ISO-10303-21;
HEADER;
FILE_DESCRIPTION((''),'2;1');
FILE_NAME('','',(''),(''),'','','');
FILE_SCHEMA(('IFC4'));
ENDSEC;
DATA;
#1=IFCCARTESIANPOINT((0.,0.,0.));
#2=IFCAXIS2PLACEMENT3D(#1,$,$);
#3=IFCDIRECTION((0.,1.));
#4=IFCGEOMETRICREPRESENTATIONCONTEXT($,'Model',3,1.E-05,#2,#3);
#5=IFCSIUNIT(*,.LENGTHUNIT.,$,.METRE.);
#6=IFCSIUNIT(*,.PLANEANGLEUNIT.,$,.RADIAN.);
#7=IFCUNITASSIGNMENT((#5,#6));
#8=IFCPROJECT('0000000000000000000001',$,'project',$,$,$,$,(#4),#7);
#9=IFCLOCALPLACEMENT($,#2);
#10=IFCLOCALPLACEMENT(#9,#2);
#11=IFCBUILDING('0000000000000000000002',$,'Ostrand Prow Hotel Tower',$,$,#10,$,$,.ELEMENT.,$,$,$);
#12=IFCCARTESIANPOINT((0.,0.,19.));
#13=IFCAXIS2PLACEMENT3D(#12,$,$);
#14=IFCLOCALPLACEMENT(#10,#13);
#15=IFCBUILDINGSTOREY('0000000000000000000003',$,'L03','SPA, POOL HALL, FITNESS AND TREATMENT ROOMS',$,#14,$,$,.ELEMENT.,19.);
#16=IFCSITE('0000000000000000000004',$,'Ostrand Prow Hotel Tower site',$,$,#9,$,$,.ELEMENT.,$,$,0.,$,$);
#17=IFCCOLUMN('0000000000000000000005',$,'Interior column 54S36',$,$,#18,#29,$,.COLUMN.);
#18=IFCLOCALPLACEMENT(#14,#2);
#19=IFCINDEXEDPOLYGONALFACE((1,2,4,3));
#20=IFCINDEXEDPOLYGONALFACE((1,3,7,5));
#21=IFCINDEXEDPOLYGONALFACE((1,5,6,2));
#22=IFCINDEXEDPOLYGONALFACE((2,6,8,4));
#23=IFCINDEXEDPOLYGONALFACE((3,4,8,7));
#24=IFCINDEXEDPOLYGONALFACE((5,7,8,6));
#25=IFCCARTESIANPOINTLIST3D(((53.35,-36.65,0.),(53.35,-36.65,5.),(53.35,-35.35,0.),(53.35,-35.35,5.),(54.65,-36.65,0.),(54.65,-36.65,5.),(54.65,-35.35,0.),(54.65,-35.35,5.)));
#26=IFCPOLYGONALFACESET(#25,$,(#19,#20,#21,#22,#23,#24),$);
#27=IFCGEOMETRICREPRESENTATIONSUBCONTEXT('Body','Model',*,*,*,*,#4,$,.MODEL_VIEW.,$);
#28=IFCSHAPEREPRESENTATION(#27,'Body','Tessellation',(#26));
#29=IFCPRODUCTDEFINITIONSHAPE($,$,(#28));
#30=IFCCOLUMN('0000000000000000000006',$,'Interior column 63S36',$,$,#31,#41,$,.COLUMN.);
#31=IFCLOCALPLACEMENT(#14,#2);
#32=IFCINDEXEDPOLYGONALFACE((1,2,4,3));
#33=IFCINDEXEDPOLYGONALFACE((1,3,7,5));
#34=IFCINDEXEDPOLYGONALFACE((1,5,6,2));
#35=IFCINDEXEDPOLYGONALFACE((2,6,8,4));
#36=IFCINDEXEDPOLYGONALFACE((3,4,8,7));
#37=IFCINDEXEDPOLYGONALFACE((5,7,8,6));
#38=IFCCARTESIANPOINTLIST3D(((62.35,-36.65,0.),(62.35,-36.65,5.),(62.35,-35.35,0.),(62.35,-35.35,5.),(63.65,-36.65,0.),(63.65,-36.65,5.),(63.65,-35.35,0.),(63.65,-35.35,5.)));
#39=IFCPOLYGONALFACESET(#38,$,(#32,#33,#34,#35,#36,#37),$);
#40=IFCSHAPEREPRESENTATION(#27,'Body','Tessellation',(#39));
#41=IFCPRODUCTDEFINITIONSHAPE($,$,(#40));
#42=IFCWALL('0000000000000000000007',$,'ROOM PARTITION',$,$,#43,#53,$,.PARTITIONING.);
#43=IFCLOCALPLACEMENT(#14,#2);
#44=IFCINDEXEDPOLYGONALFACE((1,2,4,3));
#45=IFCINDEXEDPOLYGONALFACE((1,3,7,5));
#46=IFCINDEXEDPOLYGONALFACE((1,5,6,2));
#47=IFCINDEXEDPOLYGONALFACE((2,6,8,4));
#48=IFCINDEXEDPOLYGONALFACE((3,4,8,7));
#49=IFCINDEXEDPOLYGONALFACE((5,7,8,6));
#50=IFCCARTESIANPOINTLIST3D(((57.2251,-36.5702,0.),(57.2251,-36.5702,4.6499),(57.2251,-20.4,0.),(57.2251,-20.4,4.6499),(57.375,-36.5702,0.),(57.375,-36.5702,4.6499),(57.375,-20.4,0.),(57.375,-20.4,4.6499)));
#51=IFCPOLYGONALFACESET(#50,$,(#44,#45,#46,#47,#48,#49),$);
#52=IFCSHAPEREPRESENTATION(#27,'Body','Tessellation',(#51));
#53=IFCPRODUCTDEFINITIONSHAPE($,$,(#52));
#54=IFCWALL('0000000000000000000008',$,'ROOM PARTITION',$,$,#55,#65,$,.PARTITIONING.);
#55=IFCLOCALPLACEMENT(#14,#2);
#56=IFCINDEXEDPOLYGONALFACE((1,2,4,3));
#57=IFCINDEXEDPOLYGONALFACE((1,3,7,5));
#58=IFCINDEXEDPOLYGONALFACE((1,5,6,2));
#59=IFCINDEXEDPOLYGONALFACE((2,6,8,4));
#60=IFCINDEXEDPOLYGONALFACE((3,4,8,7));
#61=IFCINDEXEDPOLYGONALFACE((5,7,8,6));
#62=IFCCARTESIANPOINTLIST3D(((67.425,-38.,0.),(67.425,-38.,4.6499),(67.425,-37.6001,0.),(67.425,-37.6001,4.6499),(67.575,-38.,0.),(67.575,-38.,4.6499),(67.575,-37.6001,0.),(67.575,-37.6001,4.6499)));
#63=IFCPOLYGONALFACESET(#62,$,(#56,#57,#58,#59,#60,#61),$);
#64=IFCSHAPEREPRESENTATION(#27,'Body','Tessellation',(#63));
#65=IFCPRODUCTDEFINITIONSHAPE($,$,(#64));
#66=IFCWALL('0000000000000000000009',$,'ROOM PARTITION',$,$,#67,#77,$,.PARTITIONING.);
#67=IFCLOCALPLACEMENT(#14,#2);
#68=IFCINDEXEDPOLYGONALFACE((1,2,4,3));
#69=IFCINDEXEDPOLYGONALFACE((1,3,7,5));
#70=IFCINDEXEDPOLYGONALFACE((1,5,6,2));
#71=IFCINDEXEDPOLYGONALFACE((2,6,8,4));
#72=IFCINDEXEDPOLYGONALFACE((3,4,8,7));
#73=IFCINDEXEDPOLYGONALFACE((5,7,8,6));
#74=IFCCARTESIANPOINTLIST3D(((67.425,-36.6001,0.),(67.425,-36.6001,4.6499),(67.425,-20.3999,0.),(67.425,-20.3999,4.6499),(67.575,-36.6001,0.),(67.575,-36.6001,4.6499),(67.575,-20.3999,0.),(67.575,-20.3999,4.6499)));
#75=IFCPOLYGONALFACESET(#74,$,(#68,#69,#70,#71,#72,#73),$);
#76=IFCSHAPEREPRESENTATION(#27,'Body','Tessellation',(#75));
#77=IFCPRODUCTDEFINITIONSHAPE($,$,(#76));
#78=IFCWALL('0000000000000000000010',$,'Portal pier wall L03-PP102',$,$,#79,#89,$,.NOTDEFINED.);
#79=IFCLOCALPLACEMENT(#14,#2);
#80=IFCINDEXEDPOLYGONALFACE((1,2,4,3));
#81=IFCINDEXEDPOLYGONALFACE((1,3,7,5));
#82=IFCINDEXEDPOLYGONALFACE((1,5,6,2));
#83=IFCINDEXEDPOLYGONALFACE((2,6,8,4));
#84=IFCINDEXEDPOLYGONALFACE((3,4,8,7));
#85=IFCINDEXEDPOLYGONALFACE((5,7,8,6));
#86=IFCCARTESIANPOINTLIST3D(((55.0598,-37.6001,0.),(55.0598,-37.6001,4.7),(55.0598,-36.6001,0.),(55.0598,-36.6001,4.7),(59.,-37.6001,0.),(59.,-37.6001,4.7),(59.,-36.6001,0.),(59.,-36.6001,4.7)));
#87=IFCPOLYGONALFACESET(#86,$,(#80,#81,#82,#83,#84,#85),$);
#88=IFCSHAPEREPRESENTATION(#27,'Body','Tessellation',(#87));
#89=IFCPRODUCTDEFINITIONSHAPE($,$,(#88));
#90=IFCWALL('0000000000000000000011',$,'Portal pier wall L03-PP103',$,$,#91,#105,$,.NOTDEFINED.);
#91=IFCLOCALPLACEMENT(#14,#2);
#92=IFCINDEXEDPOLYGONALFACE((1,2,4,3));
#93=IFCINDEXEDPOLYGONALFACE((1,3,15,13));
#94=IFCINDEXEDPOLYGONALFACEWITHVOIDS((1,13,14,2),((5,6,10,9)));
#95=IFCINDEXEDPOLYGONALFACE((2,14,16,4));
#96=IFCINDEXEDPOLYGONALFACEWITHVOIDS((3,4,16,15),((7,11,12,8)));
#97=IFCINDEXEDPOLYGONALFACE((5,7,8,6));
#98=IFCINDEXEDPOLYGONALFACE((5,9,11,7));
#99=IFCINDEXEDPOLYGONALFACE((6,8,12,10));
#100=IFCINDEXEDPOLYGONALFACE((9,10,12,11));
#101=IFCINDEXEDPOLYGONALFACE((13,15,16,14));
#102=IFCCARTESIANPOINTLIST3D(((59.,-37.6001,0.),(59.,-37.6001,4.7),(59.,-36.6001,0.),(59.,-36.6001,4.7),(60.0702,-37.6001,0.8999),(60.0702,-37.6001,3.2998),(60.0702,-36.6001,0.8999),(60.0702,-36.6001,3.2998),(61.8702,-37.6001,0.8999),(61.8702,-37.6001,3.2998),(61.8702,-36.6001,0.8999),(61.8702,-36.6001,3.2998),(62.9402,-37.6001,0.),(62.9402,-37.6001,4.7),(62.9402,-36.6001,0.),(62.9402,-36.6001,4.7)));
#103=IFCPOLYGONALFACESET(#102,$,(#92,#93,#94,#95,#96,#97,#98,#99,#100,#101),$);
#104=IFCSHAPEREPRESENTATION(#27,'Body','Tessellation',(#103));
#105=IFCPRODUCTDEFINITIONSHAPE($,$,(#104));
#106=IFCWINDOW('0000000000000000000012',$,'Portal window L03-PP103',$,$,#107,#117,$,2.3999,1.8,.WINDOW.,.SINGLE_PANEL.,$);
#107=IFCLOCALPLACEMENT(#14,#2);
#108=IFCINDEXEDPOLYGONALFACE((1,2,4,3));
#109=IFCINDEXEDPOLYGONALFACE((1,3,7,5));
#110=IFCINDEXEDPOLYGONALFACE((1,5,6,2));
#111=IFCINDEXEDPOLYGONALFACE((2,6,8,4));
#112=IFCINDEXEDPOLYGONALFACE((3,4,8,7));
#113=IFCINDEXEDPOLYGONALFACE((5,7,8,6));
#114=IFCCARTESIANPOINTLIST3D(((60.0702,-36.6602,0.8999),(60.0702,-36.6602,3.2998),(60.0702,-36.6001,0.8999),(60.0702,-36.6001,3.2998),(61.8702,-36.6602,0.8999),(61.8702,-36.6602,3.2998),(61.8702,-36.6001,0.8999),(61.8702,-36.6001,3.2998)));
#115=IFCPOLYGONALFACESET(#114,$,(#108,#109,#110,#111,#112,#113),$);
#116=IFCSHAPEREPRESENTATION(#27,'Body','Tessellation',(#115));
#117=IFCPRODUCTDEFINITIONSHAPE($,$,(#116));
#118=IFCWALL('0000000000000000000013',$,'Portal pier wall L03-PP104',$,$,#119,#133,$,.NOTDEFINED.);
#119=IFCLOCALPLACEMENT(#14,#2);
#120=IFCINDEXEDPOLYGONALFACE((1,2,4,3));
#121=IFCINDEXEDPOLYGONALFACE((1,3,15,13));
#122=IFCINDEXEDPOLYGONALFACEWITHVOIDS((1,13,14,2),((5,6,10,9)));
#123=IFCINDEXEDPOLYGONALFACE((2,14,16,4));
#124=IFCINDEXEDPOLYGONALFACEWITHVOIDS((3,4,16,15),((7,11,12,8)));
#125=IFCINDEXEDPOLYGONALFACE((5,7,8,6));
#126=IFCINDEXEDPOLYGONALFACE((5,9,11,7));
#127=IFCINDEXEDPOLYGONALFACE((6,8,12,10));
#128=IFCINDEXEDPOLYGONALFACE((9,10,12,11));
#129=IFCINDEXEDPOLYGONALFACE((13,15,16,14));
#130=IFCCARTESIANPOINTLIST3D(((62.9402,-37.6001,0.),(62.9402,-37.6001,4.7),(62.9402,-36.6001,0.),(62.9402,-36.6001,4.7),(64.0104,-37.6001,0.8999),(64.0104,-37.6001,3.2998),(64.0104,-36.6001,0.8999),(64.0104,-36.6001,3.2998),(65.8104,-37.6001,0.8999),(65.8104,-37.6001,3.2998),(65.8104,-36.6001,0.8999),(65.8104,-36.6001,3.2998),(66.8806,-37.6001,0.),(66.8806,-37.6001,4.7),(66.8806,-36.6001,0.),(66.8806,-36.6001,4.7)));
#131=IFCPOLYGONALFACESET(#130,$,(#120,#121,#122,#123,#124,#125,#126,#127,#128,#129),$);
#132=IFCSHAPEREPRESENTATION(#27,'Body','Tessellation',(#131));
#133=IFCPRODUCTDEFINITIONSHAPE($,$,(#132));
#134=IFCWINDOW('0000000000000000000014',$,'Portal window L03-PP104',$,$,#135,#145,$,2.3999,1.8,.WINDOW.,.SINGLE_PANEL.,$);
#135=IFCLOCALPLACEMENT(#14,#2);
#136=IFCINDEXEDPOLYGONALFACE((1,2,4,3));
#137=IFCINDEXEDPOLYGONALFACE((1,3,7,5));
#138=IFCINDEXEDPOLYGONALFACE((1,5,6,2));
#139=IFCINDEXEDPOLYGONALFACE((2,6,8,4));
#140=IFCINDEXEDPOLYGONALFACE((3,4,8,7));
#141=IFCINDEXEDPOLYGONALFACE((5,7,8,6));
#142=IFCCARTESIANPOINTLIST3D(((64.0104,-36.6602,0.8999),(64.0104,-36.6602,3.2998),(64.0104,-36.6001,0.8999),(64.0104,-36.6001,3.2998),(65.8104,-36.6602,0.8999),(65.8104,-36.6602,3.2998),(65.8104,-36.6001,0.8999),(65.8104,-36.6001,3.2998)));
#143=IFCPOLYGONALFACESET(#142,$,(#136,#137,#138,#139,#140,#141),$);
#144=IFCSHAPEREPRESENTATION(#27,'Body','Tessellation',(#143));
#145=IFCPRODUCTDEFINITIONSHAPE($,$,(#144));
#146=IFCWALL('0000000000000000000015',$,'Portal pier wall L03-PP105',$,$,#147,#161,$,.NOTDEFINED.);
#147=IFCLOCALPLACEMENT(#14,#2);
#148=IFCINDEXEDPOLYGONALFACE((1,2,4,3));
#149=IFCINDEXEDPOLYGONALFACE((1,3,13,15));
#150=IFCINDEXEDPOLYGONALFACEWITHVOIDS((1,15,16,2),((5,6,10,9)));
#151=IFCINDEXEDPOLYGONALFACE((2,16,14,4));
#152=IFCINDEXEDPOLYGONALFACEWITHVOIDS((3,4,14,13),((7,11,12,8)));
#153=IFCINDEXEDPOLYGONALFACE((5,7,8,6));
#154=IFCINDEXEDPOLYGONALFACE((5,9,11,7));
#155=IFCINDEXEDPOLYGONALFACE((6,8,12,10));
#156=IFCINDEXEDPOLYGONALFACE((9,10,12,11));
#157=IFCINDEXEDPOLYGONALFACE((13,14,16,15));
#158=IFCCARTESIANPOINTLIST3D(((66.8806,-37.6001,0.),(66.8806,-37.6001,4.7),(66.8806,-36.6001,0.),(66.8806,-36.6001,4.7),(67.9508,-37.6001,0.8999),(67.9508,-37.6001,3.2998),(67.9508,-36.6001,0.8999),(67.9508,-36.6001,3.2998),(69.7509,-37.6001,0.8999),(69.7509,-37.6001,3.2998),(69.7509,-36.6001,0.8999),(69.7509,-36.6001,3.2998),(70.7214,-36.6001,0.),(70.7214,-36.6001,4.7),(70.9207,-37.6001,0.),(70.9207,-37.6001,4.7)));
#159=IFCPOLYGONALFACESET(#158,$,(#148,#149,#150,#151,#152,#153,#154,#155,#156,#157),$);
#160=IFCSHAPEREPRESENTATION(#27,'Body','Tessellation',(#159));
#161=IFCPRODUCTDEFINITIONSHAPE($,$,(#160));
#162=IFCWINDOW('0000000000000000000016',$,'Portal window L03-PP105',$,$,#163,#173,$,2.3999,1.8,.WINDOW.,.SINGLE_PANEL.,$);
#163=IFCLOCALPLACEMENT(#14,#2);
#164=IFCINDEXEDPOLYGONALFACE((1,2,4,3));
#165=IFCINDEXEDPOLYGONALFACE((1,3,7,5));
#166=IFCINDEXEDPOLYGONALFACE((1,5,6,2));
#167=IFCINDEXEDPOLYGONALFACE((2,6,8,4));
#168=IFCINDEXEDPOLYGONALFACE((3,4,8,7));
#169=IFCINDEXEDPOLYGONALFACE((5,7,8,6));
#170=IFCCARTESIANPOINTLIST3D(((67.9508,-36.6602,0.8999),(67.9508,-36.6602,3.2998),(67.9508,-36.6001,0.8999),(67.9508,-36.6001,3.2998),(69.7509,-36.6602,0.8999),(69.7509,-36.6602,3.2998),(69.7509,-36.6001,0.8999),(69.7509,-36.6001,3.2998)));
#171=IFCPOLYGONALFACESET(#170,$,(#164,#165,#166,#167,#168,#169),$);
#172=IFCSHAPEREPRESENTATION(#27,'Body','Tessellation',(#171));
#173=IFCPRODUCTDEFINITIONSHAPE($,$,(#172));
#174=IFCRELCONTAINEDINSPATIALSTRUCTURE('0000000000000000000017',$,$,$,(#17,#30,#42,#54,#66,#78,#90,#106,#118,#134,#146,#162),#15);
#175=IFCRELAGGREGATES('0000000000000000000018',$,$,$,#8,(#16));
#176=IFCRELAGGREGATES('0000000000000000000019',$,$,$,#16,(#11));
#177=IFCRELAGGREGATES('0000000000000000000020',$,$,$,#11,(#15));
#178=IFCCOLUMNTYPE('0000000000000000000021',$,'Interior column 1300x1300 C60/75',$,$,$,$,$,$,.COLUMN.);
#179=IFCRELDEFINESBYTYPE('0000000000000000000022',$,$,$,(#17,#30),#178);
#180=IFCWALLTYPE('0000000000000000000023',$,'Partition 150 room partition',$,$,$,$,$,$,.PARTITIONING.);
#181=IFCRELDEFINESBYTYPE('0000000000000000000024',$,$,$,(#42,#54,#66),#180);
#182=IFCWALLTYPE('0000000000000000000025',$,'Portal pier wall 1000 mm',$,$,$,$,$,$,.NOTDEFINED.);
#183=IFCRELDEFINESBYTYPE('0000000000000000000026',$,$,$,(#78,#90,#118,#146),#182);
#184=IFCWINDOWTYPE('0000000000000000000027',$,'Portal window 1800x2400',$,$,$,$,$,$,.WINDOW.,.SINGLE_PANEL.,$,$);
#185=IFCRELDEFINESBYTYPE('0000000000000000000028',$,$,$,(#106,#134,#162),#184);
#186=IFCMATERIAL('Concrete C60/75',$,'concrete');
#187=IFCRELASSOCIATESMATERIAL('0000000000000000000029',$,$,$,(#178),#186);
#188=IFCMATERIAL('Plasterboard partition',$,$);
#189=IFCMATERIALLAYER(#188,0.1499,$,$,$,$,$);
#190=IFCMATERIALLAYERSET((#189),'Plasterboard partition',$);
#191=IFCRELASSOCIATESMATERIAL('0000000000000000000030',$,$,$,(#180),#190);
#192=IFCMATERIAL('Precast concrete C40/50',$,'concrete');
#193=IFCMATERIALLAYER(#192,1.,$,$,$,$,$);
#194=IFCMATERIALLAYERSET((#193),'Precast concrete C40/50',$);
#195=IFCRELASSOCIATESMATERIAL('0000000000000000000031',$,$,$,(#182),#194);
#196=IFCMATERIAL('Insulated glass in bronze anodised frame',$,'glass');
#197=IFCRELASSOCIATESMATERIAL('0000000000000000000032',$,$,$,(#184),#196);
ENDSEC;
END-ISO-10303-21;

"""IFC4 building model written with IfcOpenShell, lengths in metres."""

from ifc_helpers import new_model, si_unit, direction, frame, frame_2d, origin, origin_2d, place, context, subcontext, project, spatial, polyline, rectangle, outline, extrude, material, layer, layer_set, material_profile, profile_set, type_object, element, fill, save


model = new_model("IFC4")

# Units and contexts
model_context = context("Model", 3, precision=1e-05, world=origin(), true_north=direction((0.0, 1.0)))
body_context = subcontext(model_context, "Body", "Model", "MODEL_VIEW")
ifc_project = project(units=[si_unit("LENGTHUNIT", "METRE"), si_unit("PLANEANGLEUNIT", "RADIAN")], contexts=[model_context])

# Site, building, storey
site_placement = place(None, origin())
site = spatial("IfcSite", under=ifc_project, at=site_placement, Name="Ostrand Prow Hotel Tower site", CompositionType="ELEMENT", RefElevation=0.0)
building_placement = place(site_placement, origin())
building = spatial("IfcBuilding", under=site, at=building_placement, Name="Ostrand Prow Hotel Tower", CompositionType="ELEMENT")
storey_placement = place(building_placement, frame((0.0, 0.0, 19.0)))
storey = spatial("IfcBuildingStorey", under=building, at=storey_placement, Name="L03", Description="SPA, POOL HALL, FITNESS AND TREATMENT ROOMS", CompositionType="ELEMENT", Elevation=19.0)

# Columns
ifc_material_1 = material(Name="Concrete C60/75", Category="concrete")
ifc_material_profile = material_profile(ifc_material_1, rectangle(XDim=1.3, YDim=1.3, at=origin_2d()), Name="RC 1300x1300")
ifc_profile_set = profile_set([ifc_material_profile], Name="Concrete C60/75")
column_type = type_object("IfcColumnType", Name="Interior column 1300x1300 C60/75", PredefinedType="COLUMN", material=ifc_profile_set)
for number, where, z_axis, x_axis, name in (
    (1, (54.0, -36.0, 0.0), (0.0, 0.0, 1.0), (1.0, 0.0, 0.0), "Interior column 54S36"),
    (2, (63.0, -36.0, 0.0), (0.0, 0.0, 1.0), (1.0, 0.0, 0.0), "Interior column 63S36"),
):
    element("IfcColumn", number, at=place(storey_placement, frame(where, z_axis=z_axis, x_axis=x_axis)), inside=storey, type_object=column_type, Name=name, PredefinedType="COLUMN", context=body_context, shape_type="SweptSolid", body=[
        extrude(rectangle(XDim=1.3, YDim=1.3, at=origin_2d()), origin(), (0.0, 0.0, 1.0), 5.0),
    ])

# Walls
ifc_material_2 = material(Name="Plasterboard partition")
ifc_layer_1 = layer(ifc_material_2, 0.1499)
ifc_layer_set_1 = layer_set([ifc_layer_1], Name="Plasterboard partition")
wall_type_1 = type_object("IfcWallType", Name="Partition 150 room partition", PredefinedType="PARTITIONING", material=ifc_layer_set_1)
wall_1_placement = place(storey_placement, frame((57.3, -36.5701, 0.0), z_axis=(0.0, 0.0, 1.0), x_axis=(0.0, 1.0, 0.0)))
element("IfcWall", 3, at=wall_1_placement, inside=storey, type_object=wall_type_1, Name="ROOM PARTITION", PredefinedType="PARTITIONING", context=body_context, shape_type="SweptSolid", body=[
    extrude(rectangle(XDim=16.1702, YDim=0.1499, at=frame_2d((8.085, 0.0))), origin(), (0.0, 0.0, 1.0), 4.6499),
])
wall_2_placement = place(storey_placement, frame((67.5, -38.0, 0.0), z_axis=(0.0, 0.0, 1.0), x_axis=(0.0, 1.0, 0.0)))
element("IfcWall", 4, at=wall_2_placement, inside=storey, type_object=wall_type_1, Name="ROOM PARTITION", PredefinedType="PARTITIONING", context=body_context, shape_type="SweptSolid", body=[
    extrude(rectangle(XDim=0.3999, YDim=0.1499, at=frame_2d((0.2, 0.0))), origin(), (0.0, 0.0, 1.0), 4.6499),
])
wall_3_placement = place(storey_placement, frame((67.5, -36.6001, 0.0), z_axis=(0.0, 0.0, 1.0), x_axis=(0.0, 1.0, 0.0)))
element("IfcWall", 5, at=wall_3_placement, inside=storey, type_object=wall_type_1, Name="ROOM PARTITION", PredefinedType="PARTITIONING", context=body_context, shape_type="SweptSolid", body=[
    extrude(rectangle(XDim=16.2002, YDim=0.1499, at=frame_2d((8.1001, 0.0))), origin(), (0.0, 0.0, 1.0), 4.6499),
])
ifc_material_3 = material(Name="Precast concrete C40/50", Category="concrete")
ifc_layer_2 = layer(ifc_material_3, 1.0)
ifc_layer_set_2 = layer_set([ifc_layer_2], Name="Precast concrete C40/50")
wall_type_2 = type_object("IfcWallType", Name="Portal pier wall 1000 mm", PredefinedType="NOTDEFINED", material=ifc_layer_set_2)
wall_4_placement = place(storey_placement, frame((55.0598, -37.1001, 0.0), z_axis=(0.0, 0.0, 1.0), x_axis=(1.0, 0.0, 0.0)))
element("IfcWall", 6, at=wall_4_placement, inside=storey, type_object=wall_type_2, Name="Portal pier wall L03-PP102", PredefinedType="NOTDEFINED", context=body_context, shape_type="SweptSolid", body=[
    extrude(outline(polyline([(0.0, -0.5), (3.9402, -0.5), (3.9402, 0.5), (0.0, 0.5), (0.0, -0.5)])), origin(), (0.0, 0.0, 1.0), 4.7),
])

# Walls, openings, windows
wall_5_placement = place(storey_placement, frame((59.0, -37.1001, 0.0), z_axis=(0.0, 0.0, 1.0), x_axis=(1.0, 0.0, 0.0)))
wall_5 = element("IfcWall", 7, at=wall_5_placement, inside=storey, type_object=wall_type_2, Name="Portal pier wall L03-PP103", PredefinedType="NOTDEFINED", context=body_context, shape_type="SweptSolid", body=[
    extrude(outline(polyline([(0.0, -0.5), (3.9402, -0.5), (3.9402, 0.5), (0.0, 0.5), (0.0, -0.5)])), origin(), (0.0, 0.0, 1.0), 4.7),
])
opening_1_placement = place(wall_5_placement, frame((1.0703, 0.0, 0.8999)))
opening_1 = element("IfcOpeningElement", 8, at=opening_1_placement, cuts=wall_5, PredefinedType="OPENING", context=body_context, shape_type="SweptSolid", body=[
    extrude(rectangle(XDim=1.8, YDim=2.3999, at=frame_2d((0.8999, 1.2))), frame((0.0, 0.51, 0.0), z_axis=(0.0, -1.0, 0.0), x_axis=(1.0, 0.0, 0.0)), (0.0, 0.0, 1.0), 1.02),
])
ifc_material_4 = material(Name="Insulated glass in bronze anodised frame", Category="glass")
window_type = type_object("IfcWindowType", Name="Portal window 1800x2400", PartitioningType="SINGLE_PANEL", PredefinedType="WINDOW", material=ifc_material_4)
window_1_placement = place(opening_1_placement, origin())
window_1 = element("IfcWindow", 9, at=window_1_placement, inside=storey, type_object=window_type, Name="Portal window L03-PP103", OverallHeight=2.3999, OverallWidth=1.8, PartitioningType="SINGLE_PANEL", PredefinedType="WINDOW", context=body_context, shape_type="SweptSolid", body=[
    extrude(rectangle(XDim=1.8, YDim=2.3999, at=frame_2d((0.8999, 1.2))), frame((0.0, 0.5, 0.0), z_axis=(0.0, -1.0, 0.0), x_axis=(1.0, 0.0, 0.0)), (0.0, 0.0, 1.0), 0.0601),
])
fill(opening_1, window_1)
wall_6_placement = place(storey_placement, frame((62.9402, -37.1001, 0.0), z_axis=(0.0, 0.0, 1.0), x_axis=(1.0, 0.0, 0.0)))
wall_6 = element("IfcWall", 10, at=wall_6_placement, inside=storey, type_object=wall_type_2, Name="Portal pier wall L03-PP104", PredefinedType="NOTDEFINED", context=body_context, shape_type="SweptSolid", body=[
    extrude(outline(polyline([(0.0, -0.5), (3.9404, -0.5), (3.9404, 0.5), (0.0, 0.5), (0.0, -0.5)])), origin(), (0.0, 0.0, 1.0), 4.7),
])
opening_2_placement = place(wall_6_placement, frame((1.0703, 0.0, 0.8999)))
opening_2 = element("IfcOpeningElement", 11, at=opening_2_placement, cuts=wall_6, PredefinedType="OPENING", context=body_context, shape_type="SweptSolid", body=[
    extrude(rectangle(XDim=1.8, YDim=2.3999, at=frame_2d((0.8999, 1.2))), frame((0.0, 0.51, 0.0), z_axis=(0.0, -1.0, 0.0), x_axis=(1.0, 0.0, 0.0)), (0.0, 0.0, 1.0), 1.02),
])
window_2_placement = place(opening_2_placement, origin())
window_2 = element("IfcWindow", 12, at=window_2_placement, inside=storey, type_object=window_type, Name="Portal window L03-PP104", OverallHeight=2.3999, OverallWidth=1.8, PartitioningType="SINGLE_PANEL", PredefinedType="WINDOW", context=body_context, shape_type="SweptSolid", body=[
    extrude(rectangle(XDim=1.8, YDim=2.3999, at=frame_2d((0.8999, 1.2))), frame((0.0, 0.5, 0.0), z_axis=(0.0, -1.0, 0.0), x_axis=(1.0, 0.0, 0.0)), (0.0, 0.0, 1.0), 0.0601),
])
fill(opening_2, window_2)
wall_7_placement = place(storey_placement, frame((66.8806, -37.1001, 0.0), z_axis=(0.0, 0.0, 1.0), x_axis=(1.0, 0.0, 0.0)))
wall_7 = element("IfcWall", 13, at=wall_7_placement, inside=storey, type_object=wall_type_2, Name="Portal pier wall L03-PP105", PredefinedType="NOTDEFINED", context=body_context, shape_type="SweptSolid", body=[
    extrude(outline(polyline([(0.0, -0.5), (4.04, -0.5), (3.8408, 0.5), (0.0, 0.5), (0.0, -0.5)])), origin(), (0.0, 0.0, 1.0), 4.7),
])
opening_3_placement = place(wall_7_placement, frame((1.0703, 0.0, 0.8999)))
opening_3 = element("IfcOpeningElement", 14, at=opening_3_placement, cuts=wall_7, PredefinedType="OPENING", context=body_context, shape_type="SweptSolid", body=[
    extrude(rectangle(XDim=1.8, YDim=2.3999, at=frame_2d((0.8999, 1.2))), frame((0.0, 0.51, 0.0), z_axis=(0.0, -1.0, 0.0), x_axis=(1.0, 0.0, 0.0)), (0.0, 0.0, 1.0), 1.02),
])
window_3_placement = place(opening_3_placement, origin())
window_3 = element("IfcWindow", 15, at=window_3_placement, inside=storey, type_object=window_type, Name="Portal window L03-PP105", OverallHeight=2.3999, OverallWidth=1.8, PartitioningType="SINGLE_PANEL", PredefinedType="WINDOW", context=body_context, shape_type="SweptSolid", body=[
    extrude(rectangle(XDim=1.8, YDim=2.3999, at=frame_2d((0.8999, 1.2))), frame((0.0, 0.5, 0.0), z_axis=(0.0, -1.0, 0.0), x_axis=(1.0, 0.0, 0.0)), (0.0, 0.0, 1.0), 0.0601),
])
fill(opening_3, window_3)

save(model, "model.ifc")
